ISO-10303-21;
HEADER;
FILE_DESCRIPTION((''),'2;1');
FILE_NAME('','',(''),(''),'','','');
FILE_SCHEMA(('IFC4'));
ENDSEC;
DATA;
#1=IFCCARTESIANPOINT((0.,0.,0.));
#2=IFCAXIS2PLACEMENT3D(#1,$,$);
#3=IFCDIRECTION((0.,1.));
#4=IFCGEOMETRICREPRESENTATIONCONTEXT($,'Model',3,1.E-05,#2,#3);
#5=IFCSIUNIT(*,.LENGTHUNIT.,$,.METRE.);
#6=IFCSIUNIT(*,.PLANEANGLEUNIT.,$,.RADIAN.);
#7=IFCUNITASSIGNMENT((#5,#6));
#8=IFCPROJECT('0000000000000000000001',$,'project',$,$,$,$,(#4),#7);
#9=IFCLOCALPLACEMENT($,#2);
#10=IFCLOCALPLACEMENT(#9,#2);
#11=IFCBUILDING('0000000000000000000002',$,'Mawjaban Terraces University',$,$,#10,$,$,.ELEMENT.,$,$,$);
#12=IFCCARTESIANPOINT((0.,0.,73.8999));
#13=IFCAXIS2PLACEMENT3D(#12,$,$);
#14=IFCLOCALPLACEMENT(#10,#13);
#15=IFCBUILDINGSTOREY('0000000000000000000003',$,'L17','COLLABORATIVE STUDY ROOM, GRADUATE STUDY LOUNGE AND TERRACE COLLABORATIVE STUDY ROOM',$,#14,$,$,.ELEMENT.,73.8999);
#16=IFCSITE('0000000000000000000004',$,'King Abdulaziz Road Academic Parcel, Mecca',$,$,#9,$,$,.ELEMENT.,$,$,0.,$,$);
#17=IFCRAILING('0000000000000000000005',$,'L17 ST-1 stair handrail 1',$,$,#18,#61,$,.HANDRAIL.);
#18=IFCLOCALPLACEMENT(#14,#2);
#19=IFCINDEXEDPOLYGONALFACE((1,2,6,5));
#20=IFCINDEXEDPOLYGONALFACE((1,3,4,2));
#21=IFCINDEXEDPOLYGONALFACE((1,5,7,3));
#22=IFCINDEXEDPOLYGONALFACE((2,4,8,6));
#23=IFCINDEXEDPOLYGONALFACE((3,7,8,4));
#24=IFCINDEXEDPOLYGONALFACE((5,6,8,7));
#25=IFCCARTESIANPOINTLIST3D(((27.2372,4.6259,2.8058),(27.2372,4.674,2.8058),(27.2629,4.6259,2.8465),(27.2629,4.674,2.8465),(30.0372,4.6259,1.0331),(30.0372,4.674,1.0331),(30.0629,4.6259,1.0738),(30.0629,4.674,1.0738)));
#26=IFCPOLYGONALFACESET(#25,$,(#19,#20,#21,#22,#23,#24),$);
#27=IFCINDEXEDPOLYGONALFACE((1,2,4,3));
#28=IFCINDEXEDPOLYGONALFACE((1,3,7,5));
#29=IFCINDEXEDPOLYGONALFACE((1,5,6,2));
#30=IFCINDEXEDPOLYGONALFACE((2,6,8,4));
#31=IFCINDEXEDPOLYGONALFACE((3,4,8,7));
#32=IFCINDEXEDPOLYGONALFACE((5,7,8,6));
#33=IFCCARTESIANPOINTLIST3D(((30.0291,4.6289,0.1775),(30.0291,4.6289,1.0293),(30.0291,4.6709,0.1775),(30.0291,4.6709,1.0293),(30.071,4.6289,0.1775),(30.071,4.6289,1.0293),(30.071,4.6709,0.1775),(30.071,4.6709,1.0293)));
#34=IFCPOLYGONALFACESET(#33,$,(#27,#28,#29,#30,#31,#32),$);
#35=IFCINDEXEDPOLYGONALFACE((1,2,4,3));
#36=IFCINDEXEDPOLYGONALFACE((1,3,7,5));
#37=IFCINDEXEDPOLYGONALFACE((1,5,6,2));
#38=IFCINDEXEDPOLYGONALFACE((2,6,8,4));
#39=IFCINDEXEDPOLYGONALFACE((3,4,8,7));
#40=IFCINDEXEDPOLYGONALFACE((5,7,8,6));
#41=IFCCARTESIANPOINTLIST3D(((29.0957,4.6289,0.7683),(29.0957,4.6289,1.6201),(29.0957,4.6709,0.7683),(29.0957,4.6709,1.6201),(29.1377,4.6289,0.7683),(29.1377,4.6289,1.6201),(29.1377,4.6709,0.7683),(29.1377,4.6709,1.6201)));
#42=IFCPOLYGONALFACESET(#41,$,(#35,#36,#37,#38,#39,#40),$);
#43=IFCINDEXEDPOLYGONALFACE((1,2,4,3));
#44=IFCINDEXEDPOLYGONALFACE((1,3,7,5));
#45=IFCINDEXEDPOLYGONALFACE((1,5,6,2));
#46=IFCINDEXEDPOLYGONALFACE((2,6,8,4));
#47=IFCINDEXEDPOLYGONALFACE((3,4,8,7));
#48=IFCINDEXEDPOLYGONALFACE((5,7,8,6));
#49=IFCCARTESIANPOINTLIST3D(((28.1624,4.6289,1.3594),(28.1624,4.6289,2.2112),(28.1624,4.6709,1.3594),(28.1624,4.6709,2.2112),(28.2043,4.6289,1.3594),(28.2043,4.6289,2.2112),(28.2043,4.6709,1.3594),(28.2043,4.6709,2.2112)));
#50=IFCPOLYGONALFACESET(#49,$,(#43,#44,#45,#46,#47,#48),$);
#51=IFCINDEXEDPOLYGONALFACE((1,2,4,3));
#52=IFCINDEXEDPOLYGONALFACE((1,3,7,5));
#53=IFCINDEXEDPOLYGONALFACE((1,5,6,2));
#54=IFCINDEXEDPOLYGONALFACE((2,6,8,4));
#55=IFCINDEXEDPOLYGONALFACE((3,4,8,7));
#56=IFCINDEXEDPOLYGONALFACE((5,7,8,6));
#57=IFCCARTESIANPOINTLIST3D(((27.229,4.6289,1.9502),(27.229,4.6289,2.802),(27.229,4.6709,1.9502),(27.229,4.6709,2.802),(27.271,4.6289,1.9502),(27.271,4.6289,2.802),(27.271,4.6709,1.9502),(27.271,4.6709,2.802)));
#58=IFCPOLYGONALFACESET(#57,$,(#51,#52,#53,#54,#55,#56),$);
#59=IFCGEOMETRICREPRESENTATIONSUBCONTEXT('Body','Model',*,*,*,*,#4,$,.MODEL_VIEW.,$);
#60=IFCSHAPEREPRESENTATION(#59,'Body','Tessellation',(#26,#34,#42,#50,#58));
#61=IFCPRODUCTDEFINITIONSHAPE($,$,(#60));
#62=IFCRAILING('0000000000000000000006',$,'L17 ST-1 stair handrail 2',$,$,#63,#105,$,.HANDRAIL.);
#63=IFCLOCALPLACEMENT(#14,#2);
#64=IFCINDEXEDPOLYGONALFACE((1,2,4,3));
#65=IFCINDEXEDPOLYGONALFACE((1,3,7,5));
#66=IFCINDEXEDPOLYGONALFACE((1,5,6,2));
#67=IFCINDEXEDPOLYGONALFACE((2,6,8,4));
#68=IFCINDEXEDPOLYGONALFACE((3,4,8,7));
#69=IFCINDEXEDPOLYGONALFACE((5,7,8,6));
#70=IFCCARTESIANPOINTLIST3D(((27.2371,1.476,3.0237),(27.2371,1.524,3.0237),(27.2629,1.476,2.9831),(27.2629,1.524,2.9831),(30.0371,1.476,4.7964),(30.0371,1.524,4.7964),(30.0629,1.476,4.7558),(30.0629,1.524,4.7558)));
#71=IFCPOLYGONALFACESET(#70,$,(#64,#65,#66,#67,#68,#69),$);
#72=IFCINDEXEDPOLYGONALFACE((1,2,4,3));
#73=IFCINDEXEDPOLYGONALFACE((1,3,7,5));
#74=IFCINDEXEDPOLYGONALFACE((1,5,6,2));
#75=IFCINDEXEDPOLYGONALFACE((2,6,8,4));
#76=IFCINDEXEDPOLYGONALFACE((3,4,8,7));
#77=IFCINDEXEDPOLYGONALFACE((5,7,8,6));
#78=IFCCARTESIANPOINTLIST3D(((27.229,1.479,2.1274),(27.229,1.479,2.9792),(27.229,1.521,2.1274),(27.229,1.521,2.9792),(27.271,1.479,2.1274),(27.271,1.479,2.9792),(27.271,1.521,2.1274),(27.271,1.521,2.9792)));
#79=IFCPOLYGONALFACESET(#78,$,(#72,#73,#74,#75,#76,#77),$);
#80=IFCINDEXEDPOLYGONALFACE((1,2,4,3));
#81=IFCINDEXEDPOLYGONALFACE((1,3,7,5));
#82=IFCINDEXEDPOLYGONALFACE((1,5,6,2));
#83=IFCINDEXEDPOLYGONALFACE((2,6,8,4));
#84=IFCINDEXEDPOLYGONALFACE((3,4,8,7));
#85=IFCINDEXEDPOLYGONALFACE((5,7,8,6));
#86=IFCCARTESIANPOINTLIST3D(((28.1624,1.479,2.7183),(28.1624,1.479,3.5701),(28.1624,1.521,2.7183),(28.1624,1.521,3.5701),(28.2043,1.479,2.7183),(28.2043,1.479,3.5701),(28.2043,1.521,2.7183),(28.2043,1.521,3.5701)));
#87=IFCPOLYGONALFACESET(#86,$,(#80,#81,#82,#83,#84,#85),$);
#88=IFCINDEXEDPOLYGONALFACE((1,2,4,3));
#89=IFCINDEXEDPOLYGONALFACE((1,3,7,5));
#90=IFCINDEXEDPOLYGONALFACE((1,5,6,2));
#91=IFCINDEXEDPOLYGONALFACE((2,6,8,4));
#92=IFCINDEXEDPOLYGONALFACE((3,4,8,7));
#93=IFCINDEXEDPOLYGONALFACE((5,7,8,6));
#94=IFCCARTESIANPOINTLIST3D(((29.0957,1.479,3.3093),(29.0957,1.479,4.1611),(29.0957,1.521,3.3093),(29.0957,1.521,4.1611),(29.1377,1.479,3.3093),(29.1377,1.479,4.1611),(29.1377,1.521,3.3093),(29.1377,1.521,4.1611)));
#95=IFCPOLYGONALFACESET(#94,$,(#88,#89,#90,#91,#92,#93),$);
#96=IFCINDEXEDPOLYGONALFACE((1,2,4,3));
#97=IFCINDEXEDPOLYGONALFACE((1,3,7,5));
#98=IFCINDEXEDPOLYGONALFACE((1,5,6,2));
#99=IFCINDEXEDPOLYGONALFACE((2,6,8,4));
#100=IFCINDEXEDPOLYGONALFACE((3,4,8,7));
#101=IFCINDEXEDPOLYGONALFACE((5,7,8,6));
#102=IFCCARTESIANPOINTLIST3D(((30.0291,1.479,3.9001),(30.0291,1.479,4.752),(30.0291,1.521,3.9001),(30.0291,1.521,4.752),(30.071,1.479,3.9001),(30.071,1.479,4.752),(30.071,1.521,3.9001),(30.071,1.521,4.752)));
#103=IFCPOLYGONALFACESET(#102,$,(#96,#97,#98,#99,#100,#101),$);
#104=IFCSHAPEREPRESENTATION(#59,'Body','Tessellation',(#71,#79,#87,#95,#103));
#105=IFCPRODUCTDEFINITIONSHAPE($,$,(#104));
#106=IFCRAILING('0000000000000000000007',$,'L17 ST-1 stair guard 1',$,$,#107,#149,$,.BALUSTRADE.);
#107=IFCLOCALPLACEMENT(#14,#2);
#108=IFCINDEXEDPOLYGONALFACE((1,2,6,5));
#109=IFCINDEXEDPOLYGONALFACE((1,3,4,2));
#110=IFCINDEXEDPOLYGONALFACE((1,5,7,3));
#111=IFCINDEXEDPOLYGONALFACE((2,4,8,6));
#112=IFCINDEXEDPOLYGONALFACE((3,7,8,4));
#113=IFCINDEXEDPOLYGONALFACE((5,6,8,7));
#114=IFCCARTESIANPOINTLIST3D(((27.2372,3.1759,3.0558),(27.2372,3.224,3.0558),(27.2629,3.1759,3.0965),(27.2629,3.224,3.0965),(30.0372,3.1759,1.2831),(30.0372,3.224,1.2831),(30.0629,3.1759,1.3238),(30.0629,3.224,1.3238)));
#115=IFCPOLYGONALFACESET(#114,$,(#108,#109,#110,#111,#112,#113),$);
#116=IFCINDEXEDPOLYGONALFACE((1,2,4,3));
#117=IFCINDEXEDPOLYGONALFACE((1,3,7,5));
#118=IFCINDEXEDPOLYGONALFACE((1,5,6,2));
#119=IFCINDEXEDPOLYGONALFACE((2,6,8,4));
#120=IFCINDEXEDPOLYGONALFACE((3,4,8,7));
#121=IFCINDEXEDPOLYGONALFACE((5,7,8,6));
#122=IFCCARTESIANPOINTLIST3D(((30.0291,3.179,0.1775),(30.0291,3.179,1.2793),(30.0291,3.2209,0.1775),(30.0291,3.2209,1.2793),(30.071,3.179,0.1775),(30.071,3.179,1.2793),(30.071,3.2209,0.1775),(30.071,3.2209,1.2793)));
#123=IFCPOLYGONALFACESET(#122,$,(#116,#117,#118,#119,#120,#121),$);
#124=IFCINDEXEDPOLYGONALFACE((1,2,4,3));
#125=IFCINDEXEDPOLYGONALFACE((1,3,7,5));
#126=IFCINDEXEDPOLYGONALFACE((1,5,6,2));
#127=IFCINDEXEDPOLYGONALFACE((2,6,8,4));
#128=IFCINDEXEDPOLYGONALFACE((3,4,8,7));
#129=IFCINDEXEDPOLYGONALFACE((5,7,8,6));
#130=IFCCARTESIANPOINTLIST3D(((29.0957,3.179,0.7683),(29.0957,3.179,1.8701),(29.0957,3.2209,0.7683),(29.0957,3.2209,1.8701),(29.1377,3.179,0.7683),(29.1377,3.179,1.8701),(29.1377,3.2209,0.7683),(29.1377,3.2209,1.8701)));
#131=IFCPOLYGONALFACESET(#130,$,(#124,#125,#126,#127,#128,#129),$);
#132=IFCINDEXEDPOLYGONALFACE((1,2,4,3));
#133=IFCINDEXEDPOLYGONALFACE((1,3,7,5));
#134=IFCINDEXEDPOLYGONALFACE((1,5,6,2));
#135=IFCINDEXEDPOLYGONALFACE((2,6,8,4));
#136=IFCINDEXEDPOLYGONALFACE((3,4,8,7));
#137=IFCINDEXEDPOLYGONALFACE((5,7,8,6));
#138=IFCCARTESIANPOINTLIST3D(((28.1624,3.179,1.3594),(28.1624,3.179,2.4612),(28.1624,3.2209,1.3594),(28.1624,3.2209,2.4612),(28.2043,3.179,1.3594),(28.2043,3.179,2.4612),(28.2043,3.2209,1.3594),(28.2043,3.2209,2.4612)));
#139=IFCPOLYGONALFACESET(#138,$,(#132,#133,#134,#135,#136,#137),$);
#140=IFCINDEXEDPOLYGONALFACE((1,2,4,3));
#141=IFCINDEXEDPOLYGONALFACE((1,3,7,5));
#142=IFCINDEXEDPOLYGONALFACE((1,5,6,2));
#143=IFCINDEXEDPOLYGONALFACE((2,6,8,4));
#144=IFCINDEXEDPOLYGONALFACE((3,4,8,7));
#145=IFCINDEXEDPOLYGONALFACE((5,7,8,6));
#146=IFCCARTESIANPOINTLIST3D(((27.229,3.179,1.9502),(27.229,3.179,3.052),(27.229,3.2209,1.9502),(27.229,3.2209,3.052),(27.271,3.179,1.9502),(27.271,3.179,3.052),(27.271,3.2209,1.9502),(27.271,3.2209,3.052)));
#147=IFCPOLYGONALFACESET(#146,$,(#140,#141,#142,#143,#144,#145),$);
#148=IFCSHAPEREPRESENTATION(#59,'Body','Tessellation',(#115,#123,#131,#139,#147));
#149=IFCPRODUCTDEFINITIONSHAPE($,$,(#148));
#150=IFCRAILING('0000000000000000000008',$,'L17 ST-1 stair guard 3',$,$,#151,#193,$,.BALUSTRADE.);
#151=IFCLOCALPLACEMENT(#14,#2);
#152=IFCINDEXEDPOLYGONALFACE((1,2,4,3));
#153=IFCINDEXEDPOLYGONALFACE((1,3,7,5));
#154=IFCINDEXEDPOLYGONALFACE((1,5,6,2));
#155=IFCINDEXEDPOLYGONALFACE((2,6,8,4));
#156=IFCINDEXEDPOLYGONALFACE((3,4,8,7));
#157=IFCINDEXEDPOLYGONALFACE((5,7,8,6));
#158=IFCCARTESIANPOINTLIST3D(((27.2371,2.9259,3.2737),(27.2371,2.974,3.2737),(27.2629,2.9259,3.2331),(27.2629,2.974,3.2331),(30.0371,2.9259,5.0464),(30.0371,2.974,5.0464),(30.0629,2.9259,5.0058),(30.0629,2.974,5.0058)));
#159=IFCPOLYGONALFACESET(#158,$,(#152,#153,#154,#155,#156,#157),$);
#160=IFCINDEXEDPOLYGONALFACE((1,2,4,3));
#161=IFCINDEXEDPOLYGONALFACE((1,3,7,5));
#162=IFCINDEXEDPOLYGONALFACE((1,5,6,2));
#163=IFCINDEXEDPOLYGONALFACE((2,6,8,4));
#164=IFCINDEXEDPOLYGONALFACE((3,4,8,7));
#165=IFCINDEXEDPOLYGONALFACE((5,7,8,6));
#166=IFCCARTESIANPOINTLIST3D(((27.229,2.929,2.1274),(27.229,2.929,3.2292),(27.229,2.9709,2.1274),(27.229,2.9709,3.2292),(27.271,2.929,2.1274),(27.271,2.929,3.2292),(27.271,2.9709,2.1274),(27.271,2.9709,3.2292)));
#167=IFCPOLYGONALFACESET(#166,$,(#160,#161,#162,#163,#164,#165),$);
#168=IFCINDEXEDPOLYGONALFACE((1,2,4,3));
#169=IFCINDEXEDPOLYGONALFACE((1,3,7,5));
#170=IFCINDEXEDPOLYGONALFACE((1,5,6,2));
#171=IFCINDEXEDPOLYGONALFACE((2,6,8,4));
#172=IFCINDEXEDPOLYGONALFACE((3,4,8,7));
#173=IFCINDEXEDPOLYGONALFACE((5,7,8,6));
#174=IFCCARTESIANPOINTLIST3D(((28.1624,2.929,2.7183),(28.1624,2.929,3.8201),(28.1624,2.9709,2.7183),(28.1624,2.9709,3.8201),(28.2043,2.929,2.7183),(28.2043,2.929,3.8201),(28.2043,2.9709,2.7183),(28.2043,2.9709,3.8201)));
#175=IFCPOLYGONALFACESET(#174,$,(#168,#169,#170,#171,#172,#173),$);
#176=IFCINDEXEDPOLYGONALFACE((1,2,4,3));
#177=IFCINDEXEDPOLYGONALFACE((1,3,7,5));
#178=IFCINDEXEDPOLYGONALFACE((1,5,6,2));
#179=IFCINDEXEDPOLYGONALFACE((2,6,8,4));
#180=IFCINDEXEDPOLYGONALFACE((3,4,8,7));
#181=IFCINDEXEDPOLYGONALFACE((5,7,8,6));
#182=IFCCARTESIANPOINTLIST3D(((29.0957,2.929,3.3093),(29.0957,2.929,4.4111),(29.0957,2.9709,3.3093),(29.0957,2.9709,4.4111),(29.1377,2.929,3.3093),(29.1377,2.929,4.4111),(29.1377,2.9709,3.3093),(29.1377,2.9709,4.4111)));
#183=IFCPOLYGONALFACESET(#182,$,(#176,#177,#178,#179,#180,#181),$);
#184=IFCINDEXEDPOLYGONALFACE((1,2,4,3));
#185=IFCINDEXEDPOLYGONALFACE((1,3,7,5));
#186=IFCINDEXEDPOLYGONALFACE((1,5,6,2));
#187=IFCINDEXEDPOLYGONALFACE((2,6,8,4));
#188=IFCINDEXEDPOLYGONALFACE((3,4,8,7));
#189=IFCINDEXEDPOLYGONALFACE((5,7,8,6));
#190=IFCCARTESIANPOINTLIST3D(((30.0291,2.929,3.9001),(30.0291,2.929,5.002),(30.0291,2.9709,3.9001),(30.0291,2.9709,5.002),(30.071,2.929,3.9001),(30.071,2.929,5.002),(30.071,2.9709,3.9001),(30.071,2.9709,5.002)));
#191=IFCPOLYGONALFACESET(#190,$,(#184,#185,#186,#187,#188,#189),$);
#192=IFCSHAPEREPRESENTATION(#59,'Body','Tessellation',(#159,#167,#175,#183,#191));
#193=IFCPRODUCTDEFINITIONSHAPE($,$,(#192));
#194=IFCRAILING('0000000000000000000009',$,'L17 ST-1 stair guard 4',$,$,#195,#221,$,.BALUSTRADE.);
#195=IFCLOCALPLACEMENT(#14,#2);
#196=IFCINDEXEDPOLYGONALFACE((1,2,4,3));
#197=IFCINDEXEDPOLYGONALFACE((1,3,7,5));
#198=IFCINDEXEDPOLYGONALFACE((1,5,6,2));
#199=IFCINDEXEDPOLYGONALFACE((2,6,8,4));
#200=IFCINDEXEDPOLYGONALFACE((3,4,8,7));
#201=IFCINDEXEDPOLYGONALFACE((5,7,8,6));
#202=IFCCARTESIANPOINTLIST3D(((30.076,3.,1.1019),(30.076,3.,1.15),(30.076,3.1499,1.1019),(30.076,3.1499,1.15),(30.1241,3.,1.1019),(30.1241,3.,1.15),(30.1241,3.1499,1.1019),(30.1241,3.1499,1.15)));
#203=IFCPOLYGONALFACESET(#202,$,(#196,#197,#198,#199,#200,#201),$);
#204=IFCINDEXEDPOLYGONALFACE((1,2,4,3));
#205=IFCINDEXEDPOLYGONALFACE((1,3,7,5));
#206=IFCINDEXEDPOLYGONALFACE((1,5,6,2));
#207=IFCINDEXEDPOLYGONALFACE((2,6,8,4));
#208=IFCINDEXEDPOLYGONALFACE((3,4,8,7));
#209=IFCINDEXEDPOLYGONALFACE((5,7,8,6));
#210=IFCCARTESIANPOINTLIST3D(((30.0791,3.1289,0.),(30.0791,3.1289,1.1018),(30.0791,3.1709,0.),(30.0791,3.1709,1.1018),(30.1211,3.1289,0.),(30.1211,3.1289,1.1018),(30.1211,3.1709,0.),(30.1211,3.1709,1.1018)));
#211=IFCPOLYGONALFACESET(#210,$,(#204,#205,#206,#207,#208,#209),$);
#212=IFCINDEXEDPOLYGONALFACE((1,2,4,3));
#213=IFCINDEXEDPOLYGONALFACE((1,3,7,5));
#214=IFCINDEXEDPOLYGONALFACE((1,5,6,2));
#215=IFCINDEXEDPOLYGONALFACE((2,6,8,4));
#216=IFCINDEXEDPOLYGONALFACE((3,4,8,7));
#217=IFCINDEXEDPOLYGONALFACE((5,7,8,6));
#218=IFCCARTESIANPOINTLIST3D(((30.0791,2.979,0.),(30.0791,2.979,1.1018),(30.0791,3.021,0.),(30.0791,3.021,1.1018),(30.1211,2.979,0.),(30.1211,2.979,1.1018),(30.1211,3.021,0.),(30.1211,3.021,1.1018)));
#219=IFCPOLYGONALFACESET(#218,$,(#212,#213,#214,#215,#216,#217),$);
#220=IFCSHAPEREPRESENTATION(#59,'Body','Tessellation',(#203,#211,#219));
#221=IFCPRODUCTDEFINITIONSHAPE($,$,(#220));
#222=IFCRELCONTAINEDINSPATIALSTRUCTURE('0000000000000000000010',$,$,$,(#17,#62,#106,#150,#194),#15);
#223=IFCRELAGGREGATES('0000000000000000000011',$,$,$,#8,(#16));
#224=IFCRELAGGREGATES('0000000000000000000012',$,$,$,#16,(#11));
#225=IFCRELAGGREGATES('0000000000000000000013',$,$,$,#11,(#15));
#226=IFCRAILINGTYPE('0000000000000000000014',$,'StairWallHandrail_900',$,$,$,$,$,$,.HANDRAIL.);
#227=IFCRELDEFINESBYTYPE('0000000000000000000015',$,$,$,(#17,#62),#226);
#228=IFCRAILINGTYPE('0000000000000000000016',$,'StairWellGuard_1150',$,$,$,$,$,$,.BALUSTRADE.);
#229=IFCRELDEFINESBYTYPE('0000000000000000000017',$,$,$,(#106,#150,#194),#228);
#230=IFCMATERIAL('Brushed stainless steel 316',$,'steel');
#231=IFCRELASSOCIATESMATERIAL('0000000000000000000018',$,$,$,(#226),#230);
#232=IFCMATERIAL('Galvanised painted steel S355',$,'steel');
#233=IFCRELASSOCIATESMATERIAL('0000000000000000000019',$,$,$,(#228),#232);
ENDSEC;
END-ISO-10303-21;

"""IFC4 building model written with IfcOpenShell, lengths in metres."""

from ifc_helpers import new_model, si_unit, direction, frame, origin, origin_2d, place, context, subcontext, project, spatial, rectangle, extrude, material, type_object, element, save


model = new_model("IFC4")

# Units and contexts
model_context = context("Model", 3, precision=1e-05, world=origin(), true_north=direction((0.0, 1.0)))
body_context = subcontext(model_context, "Body", "Model", "MODEL_VIEW")
ifc_project = project(units=[si_unit("LENGTHUNIT", "METRE"), si_unit("PLANEANGLEUNIT", "RADIAN")], contexts=[model_context])

# Site, building, storey
site_placement = place(None, origin())
site = spatial("IfcSite", under=ifc_project, at=site_placement, Name="King Abdulaziz Road Academic Parcel, Mecca", CompositionType="ELEMENT", RefElevation=0.0)
building_placement = place(site_placement, origin())
building = spatial("IfcBuilding", under=site, at=building_placement, Name="Mawjaban Terraces University", CompositionType="ELEMENT")
storey_placement = place(building_placement, frame((0.0, 0.0, 73.8999)))
storey = spatial("IfcBuildingStorey", under=building, at=storey_placement, Name="L17", Description="COLLABORATIVE STUDY ROOM, GRADUATE STUDY LOUNGE AND TERRACE COLLABORATIVE STUDY ROOM", CompositionType="ELEMENT", Elevation=73.8999)

# Railings
ifc_material_1 = material(Name="Brushed stainless steel 316", Category="steel")
railing_type_1 = type_object("IfcRailingType", Name="StairWallHandrail_900", PredefinedType="HANDRAIL", material=ifc_material_1)
railing_1_placement = place(storey_placement, frame((30.05, 4.6499, 0.1775)))
element("IfcRailing", 1, at=railing_1_placement, inside=storey, type_object=railing_type_1, Name="L17 ST-1 stair handrail 1", PredefinedType="HANDRAIL", context=body_context, shape_type="SweptSolid", body=[
    extrude(rectangle(XDim=0.0481, YDim=0.0481, at=origin_2d()), frame((0.0, 0.0, 0.876), z_axis=(-0.844909, 0.0, 0.53491), x_axis=(0.0, -1.0, 0.0)), (0.0, 0.0, 1.0), 3.314),
    extrude(rectangle(XDim=0.042, YDim=0.042, at=origin_2d()), origin(), (0.0, 0.0, 1.0), 0.8518),
    extrude(rectangle(XDim=0.042, YDim=0.042, at=origin_2d()), frame((-0.9333, 0.0, 0.5908)), (0.0, 0.0, 1.0), 0.8518),
    extrude(rectangle(XDim=0.042, YDim=0.042, at=origin_2d()), frame((-1.8667, 0.0, 1.1819)), (0.0, 0.0, 1.0), 0.8518),
    extrude(rectangle(XDim=0.042, YDim=0.042, at=origin_2d()), frame((-2.8, 0.0, 1.7727)), (0.0, 0.0, 1.0), 0.8518),
])
railing_2_placement = place(storey_placement, frame((27.25, 1.5, 2.1274)))
element("IfcRailing", 2, at=railing_2_placement, inside=storey, type_object=railing_type_1, Name="L17 ST-1 stair handrail 2", PredefinedType="HANDRAIL", context=body_context, shape_type="SweptSolid", body=[
    extrude(rectangle(XDim=0.0481, YDim=0.0481, at=origin_2d()), frame((0.0, 0.0, 0.876), z_axis=(0.844909, 0.0, 0.53491), x_axis=(0.0, 1.0, 0.0)), (0.0, 0.0, 1.0), 3.314),
    extrude(rectangle(XDim=0.042, YDim=0.042, at=origin_2d()), origin(), (0.0, 0.0, 1.0), 0.8518),
    extrude(rectangle(XDim=0.042, YDim=0.042, at=origin_2d()), frame((0.9333, 0.0, 0.5908)), (0.0, 0.0, 1.0), 0.8518),
    extrude(rectangle(XDim=0.042, YDim=0.042, at=origin_2d()), frame((1.8667, 0.0, 1.1819)), (0.0, 0.0, 1.0), 0.8518),
    extrude(rectangle(XDim=0.042, YDim=0.042, at=origin_2d()), frame((2.8, 0.0, 1.7727)), (0.0, 0.0, 1.0), 0.8518),
])
ifc_material_2 = material(Name="Galvanised painted steel S355", Category="steel")
railing_type_2 = type_object("IfcRailingType", Name="StairWellGuard_1150", PredefinedType="BALUSTRADE", material=ifc_material_2)
railing_3_placement = place(storey_placement, frame((30.05, 3.2, 0.1775)))
element("IfcRailing", 3, at=railing_3_placement, inside=storey, type_object=railing_type_2, Name="L17 ST-1 stair guard 1", PredefinedType="BALUSTRADE", context=body_context, shape_type="SweptSolid", body=[
    extrude(rectangle(XDim=0.0481, YDim=0.0481, at=origin_2d()), frame((0.0, 0.0, 1.126), z_axis=(-0.844909, 0.0, 0.53491), x_axis=(0.0, -1.0, 0.0)), (0.0, 0.0, 1.0), 3.314),
    extrude(rectangle(XDim=0.042, YDim=0.042, at=origin_2d()), origin(), (0.0, 0.0, 1.0), 1.1018),
    extrude(rectangle(XDim=0.042, YDim=0.042, at=origin_2d()), frame((-0.9333, 0.0, 0.5908)), (0.0, 0.0, 1.0), 1.1018),
    extrude(rectangle(XDim=0.042, YDim=0.042, at=origin_2d()), frame((-1.8667, 0.0, 1.1819)), (0.0, 0.0, 1.0), 1.1018),
    extrude(rectangle(XDim=0.042, YDim=0.042, at=origin_2d()), frame((-2.8, 0.0, 1.7727)), (0.0, 0.0, 1.0), 1.1018),
])
railing_4_placement = place(storey_placement, frame((27.25, 2.95, 2.1274)))
element("IfcRailing", 4, at=railing_4_placement, inside=storey, type_object=railing_type_2, Name="L17 ST-1 stair guard 3", PredefinedType="BALUSTRADE", context=body_context, shape_type="SweptSolid", body=[
    extrude(rectangle(XDim=0.0481, YDim=0.0481, at=origin_2d()), frame((0.0, 0.0, 1.126), z_axis=(0.844909, 0.0, 0.53491), x_axis=(0.0, 1.0, 0.0)), (0.0, 0.0, 1.0), 3.314),
    extrude(rectangle(XDim=0.042, YDim=0.042, at=origin_2d()), origin(), (0.0, 0.0, 1.0), 1.1018),
    extrude(rectangle(XDim=0.042, YDim=0.042, at=origin_2d()), frame((0.9333, 0.0, 0.5908)), (0.0, 0.0, 1.0), 1.1018),
    extrude(rectangle(XDim=0.042, YDim=0.042, at=origin_2d()), frame((1.8667, 0.0, 1.1819)), (0.0, 0.0, 1.0), 1.1018),
    extrude(rectangle(XDim=0.042, YDim=0.042, at=origin_2d()), frame((2.8, 0.0, 1.7727)), (0.0, 0.0, 1.0), 1.1018),
])
railing_5_placement = place(storey_placement, frame((30.1001, 3.1499, 0.0)))
element("IfcRailing", 5, at=railing_5_placement, inside=storey, type_object=railing_type_2, Name="L17 ST-1 stair guard 4", PredefinedType="BALUSTRADE", context=body_context, shape_type="SweptSolid", body=[
    extrude(rectangle(XDim=0.0481, YDim=0.0481, at=origin_2d()), frame((0.0, 0.0, 1.126), z_axis=(0.0, -1.0, 0.0), x_axis=(1.0, 0.0, 0.0)), (0.0, 0.0, 1.0), 0.1499),
    extrude(rectangle(XDim=0.042, YDim=0.042, at=origin_2d()), origin(), (0.0, 0.0, 1.0), 1.1018),
    extrude(rectangle(XDim=0.042, YDim=0.042, at=origin_2d()), frame((0.0, -0.1499, 0.0)), (0.0, 0.0, 1.0), 1.1018),
])

save(model, "model.ifc")
